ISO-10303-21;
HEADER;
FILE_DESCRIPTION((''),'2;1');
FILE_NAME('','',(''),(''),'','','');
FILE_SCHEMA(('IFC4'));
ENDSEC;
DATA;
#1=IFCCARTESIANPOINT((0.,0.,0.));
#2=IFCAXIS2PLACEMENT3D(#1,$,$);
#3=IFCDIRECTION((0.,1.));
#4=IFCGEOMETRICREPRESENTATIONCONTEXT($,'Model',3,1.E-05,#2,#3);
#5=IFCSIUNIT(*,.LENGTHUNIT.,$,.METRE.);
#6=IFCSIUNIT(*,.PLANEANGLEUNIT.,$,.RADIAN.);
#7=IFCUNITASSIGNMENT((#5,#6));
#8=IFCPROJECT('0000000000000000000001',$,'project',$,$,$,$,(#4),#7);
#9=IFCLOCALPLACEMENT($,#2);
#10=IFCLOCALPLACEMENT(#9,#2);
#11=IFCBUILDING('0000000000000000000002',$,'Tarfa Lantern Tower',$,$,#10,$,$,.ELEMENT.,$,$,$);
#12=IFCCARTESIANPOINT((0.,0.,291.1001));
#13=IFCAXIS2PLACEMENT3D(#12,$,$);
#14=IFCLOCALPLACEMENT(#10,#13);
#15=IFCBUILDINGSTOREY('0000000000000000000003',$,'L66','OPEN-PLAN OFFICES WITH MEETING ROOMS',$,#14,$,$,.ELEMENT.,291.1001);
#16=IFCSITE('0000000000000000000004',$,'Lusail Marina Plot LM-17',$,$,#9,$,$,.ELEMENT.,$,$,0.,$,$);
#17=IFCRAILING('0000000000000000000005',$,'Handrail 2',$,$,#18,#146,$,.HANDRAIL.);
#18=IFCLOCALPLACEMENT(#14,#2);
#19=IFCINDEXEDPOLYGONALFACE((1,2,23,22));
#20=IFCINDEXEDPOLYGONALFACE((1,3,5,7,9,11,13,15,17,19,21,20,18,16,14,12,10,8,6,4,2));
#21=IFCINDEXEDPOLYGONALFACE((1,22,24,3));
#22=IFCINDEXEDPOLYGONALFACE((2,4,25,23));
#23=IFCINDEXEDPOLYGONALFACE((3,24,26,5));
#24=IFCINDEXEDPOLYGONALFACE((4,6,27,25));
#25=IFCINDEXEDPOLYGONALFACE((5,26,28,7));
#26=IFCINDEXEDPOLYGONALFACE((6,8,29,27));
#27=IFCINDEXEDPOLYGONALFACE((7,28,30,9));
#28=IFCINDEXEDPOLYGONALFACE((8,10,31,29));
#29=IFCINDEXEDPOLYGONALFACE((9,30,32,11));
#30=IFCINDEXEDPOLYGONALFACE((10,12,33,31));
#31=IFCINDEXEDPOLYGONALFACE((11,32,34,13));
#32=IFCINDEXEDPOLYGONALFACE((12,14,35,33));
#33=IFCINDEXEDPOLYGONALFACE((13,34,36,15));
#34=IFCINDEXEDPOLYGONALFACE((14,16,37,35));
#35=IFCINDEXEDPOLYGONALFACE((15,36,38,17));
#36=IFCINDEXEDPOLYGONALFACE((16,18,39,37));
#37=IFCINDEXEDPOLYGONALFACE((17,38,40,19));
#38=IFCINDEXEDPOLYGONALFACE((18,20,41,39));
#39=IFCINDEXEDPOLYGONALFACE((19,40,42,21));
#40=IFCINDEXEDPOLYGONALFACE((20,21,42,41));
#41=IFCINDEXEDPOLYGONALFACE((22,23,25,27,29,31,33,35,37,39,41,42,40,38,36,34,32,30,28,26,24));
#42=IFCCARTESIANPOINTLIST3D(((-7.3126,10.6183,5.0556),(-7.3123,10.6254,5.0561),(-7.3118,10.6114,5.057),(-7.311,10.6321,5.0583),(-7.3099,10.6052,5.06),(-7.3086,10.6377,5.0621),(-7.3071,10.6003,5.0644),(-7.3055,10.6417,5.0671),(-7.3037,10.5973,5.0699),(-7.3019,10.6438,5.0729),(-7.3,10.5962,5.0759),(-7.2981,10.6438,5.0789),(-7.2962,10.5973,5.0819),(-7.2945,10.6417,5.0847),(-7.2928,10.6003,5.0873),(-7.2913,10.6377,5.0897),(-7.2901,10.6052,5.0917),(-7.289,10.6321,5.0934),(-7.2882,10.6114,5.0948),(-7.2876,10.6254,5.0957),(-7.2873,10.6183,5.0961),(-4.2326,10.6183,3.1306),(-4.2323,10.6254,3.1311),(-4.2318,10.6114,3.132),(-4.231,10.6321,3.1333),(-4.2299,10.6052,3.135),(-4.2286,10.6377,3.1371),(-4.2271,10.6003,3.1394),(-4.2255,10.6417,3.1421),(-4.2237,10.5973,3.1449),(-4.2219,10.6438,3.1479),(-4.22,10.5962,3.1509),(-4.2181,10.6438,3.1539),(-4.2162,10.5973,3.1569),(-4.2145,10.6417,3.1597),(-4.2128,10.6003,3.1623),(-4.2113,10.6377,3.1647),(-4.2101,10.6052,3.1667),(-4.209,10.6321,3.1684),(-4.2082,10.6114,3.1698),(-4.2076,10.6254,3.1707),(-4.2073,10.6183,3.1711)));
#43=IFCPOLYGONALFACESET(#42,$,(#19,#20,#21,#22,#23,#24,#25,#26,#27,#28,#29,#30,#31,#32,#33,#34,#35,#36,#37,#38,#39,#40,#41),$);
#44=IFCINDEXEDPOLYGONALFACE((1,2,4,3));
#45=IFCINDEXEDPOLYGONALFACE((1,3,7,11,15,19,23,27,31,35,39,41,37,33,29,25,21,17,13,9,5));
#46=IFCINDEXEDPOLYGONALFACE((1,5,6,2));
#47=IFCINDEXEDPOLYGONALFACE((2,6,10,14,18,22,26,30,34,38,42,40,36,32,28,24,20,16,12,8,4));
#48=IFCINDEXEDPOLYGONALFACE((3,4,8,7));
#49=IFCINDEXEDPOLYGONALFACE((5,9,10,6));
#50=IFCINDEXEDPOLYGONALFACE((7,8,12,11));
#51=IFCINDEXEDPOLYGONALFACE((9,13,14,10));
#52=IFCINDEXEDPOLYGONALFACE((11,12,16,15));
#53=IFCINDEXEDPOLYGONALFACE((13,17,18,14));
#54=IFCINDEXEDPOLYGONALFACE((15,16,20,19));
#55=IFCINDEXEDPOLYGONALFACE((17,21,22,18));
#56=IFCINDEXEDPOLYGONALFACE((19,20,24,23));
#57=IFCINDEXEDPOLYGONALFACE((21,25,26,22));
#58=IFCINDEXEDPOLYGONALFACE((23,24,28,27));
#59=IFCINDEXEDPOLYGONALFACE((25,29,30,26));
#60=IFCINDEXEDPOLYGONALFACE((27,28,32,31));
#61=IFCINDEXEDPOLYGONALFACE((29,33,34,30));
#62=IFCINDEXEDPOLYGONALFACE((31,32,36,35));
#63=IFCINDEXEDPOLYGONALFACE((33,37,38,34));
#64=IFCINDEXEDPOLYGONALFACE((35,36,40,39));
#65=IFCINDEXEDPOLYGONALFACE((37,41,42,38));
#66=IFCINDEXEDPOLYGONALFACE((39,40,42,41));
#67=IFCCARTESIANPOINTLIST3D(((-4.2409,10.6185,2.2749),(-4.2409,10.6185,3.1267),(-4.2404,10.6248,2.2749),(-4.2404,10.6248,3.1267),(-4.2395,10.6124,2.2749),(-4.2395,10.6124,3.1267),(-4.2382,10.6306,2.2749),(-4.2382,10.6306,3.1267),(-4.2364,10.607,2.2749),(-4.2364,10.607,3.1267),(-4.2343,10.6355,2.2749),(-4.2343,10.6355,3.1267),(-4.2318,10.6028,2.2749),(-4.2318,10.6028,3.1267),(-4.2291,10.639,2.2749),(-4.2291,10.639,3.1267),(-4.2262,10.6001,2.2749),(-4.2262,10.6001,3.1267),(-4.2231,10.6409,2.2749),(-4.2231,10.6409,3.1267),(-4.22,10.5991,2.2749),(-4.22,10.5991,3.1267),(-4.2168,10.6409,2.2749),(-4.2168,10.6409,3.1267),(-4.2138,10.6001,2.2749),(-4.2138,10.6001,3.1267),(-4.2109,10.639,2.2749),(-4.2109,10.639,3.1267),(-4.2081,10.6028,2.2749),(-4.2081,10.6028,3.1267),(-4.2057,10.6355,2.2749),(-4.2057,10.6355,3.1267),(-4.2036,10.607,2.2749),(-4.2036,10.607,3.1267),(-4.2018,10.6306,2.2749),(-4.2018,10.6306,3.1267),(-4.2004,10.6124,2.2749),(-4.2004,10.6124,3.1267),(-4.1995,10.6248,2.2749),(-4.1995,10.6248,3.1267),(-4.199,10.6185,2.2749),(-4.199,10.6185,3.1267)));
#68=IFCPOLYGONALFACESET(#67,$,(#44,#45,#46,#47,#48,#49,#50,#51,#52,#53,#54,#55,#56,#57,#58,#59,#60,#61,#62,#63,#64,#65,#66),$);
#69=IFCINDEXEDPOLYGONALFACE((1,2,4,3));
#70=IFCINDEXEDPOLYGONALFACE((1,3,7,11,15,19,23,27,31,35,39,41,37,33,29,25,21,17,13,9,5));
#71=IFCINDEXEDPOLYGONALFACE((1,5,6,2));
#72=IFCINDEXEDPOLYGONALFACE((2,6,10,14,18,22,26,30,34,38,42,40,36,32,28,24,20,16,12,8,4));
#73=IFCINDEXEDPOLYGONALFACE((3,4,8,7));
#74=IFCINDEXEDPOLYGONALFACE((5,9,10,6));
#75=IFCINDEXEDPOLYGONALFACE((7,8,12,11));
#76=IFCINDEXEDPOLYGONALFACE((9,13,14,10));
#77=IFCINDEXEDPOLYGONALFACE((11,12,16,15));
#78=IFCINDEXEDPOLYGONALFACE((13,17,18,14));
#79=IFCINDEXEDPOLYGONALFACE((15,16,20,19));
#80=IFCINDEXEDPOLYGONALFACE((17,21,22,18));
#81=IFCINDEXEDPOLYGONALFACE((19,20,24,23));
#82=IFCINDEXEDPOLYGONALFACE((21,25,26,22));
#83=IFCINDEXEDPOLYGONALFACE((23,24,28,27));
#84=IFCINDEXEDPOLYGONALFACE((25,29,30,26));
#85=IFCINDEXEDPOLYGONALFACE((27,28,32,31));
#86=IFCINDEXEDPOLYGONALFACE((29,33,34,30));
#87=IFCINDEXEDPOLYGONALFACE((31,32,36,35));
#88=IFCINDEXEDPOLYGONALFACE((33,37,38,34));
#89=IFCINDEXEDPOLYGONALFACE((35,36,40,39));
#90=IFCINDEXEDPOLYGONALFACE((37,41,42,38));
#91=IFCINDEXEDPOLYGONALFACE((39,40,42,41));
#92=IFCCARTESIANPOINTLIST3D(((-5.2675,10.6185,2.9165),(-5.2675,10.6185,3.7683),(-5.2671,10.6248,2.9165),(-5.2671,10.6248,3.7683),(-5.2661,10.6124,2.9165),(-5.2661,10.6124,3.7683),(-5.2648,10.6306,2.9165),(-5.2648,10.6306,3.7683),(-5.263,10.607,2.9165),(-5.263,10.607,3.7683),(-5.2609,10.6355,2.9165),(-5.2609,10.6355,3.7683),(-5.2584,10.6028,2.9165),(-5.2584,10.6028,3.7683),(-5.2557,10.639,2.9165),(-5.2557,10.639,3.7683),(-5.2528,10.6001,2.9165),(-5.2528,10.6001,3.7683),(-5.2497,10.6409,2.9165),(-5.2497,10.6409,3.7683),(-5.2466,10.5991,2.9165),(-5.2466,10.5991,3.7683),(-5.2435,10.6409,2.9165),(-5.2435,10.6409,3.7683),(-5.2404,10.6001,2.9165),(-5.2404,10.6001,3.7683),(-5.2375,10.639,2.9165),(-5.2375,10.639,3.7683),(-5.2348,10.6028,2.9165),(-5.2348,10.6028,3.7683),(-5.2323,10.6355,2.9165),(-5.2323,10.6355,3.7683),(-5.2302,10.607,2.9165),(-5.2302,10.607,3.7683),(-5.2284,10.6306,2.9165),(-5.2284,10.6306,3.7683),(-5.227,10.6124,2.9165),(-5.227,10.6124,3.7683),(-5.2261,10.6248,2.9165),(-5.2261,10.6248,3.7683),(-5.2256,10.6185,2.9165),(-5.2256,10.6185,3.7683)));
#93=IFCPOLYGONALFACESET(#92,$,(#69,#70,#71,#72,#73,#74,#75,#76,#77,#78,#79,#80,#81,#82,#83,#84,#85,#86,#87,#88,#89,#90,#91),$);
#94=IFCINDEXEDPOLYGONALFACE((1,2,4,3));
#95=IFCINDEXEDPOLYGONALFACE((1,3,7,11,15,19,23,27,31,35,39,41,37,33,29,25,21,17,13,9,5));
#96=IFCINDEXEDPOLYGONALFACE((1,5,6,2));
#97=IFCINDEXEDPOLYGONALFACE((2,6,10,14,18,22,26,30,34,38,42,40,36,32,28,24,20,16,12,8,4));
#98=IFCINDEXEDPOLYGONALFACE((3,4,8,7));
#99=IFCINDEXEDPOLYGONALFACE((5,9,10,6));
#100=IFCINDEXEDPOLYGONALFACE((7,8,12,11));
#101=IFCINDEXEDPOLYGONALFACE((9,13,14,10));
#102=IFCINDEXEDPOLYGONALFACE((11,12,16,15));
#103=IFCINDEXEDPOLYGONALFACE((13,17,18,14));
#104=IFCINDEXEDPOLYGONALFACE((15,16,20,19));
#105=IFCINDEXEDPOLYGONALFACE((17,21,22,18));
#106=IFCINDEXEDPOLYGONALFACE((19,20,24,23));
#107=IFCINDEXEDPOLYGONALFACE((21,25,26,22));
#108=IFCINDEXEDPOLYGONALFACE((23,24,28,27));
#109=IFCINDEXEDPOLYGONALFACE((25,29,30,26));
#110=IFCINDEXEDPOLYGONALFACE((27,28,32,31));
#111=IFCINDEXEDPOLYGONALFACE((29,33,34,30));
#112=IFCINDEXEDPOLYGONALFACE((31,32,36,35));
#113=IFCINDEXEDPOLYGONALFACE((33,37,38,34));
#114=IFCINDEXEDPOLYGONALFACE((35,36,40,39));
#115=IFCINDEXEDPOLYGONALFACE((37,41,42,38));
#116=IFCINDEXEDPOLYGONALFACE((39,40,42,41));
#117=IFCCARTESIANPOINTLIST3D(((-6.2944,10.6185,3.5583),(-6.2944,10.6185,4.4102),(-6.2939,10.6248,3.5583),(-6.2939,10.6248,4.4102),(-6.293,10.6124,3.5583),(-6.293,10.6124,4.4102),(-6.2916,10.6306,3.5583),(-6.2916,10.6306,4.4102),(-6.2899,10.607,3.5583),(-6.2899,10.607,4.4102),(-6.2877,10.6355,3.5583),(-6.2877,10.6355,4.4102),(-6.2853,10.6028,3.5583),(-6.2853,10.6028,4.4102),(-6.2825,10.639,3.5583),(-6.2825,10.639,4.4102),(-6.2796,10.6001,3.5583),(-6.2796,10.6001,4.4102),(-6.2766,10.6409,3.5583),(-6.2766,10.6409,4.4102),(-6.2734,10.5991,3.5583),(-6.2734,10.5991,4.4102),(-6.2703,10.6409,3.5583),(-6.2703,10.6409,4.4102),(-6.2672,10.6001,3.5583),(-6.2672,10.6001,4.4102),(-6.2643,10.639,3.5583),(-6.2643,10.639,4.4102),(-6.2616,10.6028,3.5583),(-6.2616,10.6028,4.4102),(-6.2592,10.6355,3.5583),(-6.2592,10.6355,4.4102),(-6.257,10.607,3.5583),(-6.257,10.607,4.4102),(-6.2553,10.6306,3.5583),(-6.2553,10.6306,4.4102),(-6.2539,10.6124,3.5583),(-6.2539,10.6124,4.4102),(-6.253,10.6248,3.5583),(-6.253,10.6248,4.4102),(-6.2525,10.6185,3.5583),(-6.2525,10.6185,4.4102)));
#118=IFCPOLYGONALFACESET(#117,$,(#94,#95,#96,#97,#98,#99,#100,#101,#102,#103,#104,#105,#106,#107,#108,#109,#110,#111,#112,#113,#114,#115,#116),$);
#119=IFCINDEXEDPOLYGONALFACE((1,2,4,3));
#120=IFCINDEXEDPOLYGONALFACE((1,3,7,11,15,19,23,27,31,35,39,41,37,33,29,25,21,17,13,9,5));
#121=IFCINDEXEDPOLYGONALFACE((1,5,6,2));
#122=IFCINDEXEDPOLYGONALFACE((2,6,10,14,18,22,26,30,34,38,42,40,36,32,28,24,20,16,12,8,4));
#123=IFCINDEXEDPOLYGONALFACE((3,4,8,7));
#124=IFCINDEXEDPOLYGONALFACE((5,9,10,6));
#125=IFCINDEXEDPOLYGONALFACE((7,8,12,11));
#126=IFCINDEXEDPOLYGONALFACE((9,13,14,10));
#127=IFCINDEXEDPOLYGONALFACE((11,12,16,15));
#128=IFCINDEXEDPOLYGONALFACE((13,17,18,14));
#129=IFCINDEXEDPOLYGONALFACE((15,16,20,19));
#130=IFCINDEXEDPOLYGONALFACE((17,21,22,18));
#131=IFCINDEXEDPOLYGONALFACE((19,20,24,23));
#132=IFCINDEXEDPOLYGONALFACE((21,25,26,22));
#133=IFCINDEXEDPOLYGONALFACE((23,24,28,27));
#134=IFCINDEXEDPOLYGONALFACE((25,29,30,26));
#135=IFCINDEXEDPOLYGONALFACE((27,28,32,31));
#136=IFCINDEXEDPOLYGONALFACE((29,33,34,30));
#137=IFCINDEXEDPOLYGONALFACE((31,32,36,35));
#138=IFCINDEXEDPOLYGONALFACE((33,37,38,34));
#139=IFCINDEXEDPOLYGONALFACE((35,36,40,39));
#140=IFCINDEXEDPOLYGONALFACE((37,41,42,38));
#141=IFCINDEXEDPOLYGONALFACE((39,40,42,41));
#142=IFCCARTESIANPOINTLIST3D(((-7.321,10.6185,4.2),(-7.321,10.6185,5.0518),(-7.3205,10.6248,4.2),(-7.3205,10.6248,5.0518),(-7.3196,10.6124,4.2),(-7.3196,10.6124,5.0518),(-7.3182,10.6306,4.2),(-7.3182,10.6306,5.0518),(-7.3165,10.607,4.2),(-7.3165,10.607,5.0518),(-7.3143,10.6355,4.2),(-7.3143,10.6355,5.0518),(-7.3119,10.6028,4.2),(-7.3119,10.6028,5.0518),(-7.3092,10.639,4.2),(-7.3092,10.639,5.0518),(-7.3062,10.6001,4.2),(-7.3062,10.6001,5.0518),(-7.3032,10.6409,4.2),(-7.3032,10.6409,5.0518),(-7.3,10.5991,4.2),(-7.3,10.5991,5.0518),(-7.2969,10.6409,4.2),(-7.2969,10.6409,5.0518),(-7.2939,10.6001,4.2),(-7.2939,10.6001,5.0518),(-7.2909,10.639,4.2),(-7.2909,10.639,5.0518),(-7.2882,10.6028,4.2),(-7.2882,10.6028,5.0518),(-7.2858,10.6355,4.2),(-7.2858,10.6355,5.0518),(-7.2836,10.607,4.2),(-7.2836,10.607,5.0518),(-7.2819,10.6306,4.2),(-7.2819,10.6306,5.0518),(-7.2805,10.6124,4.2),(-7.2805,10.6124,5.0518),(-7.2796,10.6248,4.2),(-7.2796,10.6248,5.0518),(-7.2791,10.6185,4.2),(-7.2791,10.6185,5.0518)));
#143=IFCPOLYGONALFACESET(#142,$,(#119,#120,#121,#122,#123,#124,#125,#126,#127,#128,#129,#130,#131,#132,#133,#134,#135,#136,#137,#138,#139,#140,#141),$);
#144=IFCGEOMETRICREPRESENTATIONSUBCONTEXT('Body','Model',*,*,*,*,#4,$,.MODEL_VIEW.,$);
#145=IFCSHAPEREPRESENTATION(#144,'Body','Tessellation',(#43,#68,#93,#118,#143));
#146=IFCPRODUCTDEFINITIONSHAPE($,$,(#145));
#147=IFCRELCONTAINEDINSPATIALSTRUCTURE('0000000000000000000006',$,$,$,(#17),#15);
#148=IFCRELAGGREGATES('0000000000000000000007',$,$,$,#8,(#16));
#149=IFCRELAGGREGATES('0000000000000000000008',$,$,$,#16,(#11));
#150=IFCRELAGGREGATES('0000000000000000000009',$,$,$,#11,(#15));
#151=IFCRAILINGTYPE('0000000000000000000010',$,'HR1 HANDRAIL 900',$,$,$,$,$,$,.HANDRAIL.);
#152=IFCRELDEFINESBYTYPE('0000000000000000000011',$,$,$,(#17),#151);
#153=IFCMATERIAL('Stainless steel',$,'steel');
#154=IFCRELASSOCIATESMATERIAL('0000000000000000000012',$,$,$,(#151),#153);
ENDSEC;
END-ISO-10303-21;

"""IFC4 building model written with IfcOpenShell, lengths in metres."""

from ifc_helpers import new_model, si_unit, direction, frame, origin, origin_2d, place, context, subcontext, project, spatial, circle, extrude, material, type_object, element, save


model = new_model("IFC4")

# Units and contexts
model_context = context("Model", 3, precision=1e-05, world=origin(), true_north=direction((0.0, 1.0)))
body_context = subcontext(model_context, "Body", "Model", "MODEL_VIEW")
ifc_project = project(units=[si_unit("LENGTHUNIT", "METRE"), si_unit("PLANEANGLEUNIT", "RADIAN")], contexts=[model_context])

# Site, building, storey
site_placement = place(None, origin())
site = spatial("IfcSite", under=ifc_project, at=site_placement, Name="Lusail Marina Plot LM-17", CompositionType="ELEMENT", RefElevation=0.0)
building_placement = place(site_placement, origin())
building = spatial("IfcBuilding", under=site, at=building_placement, Name="Tarfa Lantern Tower", CompositionType="ELEMENT")
storey_placement = place(building_placement, frame((0.0, 0.0, 291.1001)))
storey = spatial("IfcBuildingStorey", under=building, at=storey_placement, Name="L66", Description="OPEN-PLAN OFFICES WITH MEETING ROOMS", CompositionType="ELEMENT", Elevation=291.1001)

# Railing
ifc_material_1 = material(Name="Stainless steel", Category="steel")
railing_type = type_object("IfcRailingType", Name="HR1 HANDRAIL 900", PredefinedType="HANDRAIL", material=ifc_material_1)
railing_1_placement = place(storey_placement, frame((-4.22, 10.6201, 2.2749)))
element("IfcRailing", 1, at=railing_1_placement, inside=storey, type_object=railing_type, Name="Handrail 2", PredefinedType="HANDRAIL", context=body_context, shape_type="SweptSolid", body=[
    extrude(circle(Radius=0.0239, at=origin_2d()), frame((0.0, 0.0, 0.876), z_axis=(-0.847998, 0.0, 0.529999), x_axis=(0.0, -1.0, 0.0)), (0.0, 0.0, 1.0), 3.6321),
    extrude(circle(Radius=0.021, at=origin_2d()), frame((0.0, 0.0, 0.0), z_axis=(0.0, 0.0, 1.0), x_axis=(0.0, -1.0, 0.0)), (0.0, 0.0, 1.0), 0.8518),
    extrude(circle(Radius=0.021, at=origin_2d()), frame((-1.0266, 0.0, 0.6416), z_axis=(0.0, 0.0, 1.0), x_axis=(0.0, -1.0, 0.0)), (0.0, 0.0, 1.0), 0.8518),
    extrude(circle(Radius=0.021, at=origin_2d()), frame((-2.0535, 0.0, 1.2834), z_axis=(0.0, 0.0, 1.0), x_axis=(0.0, -1.0, 0.0)), (0.0, 0.0, 1.0), 0.8518),
    extrude(circle(Radius=0.021, at=origin_2d()), frame((-3.0801, 0.0, 1.925), z_axis=(0.0, 0.0, 1.0), x_axis=(0.0, -1.0, 0.0)), (0.0, 0.0, 1.0), 0.8518),
])

save(model, "model.ifc")
